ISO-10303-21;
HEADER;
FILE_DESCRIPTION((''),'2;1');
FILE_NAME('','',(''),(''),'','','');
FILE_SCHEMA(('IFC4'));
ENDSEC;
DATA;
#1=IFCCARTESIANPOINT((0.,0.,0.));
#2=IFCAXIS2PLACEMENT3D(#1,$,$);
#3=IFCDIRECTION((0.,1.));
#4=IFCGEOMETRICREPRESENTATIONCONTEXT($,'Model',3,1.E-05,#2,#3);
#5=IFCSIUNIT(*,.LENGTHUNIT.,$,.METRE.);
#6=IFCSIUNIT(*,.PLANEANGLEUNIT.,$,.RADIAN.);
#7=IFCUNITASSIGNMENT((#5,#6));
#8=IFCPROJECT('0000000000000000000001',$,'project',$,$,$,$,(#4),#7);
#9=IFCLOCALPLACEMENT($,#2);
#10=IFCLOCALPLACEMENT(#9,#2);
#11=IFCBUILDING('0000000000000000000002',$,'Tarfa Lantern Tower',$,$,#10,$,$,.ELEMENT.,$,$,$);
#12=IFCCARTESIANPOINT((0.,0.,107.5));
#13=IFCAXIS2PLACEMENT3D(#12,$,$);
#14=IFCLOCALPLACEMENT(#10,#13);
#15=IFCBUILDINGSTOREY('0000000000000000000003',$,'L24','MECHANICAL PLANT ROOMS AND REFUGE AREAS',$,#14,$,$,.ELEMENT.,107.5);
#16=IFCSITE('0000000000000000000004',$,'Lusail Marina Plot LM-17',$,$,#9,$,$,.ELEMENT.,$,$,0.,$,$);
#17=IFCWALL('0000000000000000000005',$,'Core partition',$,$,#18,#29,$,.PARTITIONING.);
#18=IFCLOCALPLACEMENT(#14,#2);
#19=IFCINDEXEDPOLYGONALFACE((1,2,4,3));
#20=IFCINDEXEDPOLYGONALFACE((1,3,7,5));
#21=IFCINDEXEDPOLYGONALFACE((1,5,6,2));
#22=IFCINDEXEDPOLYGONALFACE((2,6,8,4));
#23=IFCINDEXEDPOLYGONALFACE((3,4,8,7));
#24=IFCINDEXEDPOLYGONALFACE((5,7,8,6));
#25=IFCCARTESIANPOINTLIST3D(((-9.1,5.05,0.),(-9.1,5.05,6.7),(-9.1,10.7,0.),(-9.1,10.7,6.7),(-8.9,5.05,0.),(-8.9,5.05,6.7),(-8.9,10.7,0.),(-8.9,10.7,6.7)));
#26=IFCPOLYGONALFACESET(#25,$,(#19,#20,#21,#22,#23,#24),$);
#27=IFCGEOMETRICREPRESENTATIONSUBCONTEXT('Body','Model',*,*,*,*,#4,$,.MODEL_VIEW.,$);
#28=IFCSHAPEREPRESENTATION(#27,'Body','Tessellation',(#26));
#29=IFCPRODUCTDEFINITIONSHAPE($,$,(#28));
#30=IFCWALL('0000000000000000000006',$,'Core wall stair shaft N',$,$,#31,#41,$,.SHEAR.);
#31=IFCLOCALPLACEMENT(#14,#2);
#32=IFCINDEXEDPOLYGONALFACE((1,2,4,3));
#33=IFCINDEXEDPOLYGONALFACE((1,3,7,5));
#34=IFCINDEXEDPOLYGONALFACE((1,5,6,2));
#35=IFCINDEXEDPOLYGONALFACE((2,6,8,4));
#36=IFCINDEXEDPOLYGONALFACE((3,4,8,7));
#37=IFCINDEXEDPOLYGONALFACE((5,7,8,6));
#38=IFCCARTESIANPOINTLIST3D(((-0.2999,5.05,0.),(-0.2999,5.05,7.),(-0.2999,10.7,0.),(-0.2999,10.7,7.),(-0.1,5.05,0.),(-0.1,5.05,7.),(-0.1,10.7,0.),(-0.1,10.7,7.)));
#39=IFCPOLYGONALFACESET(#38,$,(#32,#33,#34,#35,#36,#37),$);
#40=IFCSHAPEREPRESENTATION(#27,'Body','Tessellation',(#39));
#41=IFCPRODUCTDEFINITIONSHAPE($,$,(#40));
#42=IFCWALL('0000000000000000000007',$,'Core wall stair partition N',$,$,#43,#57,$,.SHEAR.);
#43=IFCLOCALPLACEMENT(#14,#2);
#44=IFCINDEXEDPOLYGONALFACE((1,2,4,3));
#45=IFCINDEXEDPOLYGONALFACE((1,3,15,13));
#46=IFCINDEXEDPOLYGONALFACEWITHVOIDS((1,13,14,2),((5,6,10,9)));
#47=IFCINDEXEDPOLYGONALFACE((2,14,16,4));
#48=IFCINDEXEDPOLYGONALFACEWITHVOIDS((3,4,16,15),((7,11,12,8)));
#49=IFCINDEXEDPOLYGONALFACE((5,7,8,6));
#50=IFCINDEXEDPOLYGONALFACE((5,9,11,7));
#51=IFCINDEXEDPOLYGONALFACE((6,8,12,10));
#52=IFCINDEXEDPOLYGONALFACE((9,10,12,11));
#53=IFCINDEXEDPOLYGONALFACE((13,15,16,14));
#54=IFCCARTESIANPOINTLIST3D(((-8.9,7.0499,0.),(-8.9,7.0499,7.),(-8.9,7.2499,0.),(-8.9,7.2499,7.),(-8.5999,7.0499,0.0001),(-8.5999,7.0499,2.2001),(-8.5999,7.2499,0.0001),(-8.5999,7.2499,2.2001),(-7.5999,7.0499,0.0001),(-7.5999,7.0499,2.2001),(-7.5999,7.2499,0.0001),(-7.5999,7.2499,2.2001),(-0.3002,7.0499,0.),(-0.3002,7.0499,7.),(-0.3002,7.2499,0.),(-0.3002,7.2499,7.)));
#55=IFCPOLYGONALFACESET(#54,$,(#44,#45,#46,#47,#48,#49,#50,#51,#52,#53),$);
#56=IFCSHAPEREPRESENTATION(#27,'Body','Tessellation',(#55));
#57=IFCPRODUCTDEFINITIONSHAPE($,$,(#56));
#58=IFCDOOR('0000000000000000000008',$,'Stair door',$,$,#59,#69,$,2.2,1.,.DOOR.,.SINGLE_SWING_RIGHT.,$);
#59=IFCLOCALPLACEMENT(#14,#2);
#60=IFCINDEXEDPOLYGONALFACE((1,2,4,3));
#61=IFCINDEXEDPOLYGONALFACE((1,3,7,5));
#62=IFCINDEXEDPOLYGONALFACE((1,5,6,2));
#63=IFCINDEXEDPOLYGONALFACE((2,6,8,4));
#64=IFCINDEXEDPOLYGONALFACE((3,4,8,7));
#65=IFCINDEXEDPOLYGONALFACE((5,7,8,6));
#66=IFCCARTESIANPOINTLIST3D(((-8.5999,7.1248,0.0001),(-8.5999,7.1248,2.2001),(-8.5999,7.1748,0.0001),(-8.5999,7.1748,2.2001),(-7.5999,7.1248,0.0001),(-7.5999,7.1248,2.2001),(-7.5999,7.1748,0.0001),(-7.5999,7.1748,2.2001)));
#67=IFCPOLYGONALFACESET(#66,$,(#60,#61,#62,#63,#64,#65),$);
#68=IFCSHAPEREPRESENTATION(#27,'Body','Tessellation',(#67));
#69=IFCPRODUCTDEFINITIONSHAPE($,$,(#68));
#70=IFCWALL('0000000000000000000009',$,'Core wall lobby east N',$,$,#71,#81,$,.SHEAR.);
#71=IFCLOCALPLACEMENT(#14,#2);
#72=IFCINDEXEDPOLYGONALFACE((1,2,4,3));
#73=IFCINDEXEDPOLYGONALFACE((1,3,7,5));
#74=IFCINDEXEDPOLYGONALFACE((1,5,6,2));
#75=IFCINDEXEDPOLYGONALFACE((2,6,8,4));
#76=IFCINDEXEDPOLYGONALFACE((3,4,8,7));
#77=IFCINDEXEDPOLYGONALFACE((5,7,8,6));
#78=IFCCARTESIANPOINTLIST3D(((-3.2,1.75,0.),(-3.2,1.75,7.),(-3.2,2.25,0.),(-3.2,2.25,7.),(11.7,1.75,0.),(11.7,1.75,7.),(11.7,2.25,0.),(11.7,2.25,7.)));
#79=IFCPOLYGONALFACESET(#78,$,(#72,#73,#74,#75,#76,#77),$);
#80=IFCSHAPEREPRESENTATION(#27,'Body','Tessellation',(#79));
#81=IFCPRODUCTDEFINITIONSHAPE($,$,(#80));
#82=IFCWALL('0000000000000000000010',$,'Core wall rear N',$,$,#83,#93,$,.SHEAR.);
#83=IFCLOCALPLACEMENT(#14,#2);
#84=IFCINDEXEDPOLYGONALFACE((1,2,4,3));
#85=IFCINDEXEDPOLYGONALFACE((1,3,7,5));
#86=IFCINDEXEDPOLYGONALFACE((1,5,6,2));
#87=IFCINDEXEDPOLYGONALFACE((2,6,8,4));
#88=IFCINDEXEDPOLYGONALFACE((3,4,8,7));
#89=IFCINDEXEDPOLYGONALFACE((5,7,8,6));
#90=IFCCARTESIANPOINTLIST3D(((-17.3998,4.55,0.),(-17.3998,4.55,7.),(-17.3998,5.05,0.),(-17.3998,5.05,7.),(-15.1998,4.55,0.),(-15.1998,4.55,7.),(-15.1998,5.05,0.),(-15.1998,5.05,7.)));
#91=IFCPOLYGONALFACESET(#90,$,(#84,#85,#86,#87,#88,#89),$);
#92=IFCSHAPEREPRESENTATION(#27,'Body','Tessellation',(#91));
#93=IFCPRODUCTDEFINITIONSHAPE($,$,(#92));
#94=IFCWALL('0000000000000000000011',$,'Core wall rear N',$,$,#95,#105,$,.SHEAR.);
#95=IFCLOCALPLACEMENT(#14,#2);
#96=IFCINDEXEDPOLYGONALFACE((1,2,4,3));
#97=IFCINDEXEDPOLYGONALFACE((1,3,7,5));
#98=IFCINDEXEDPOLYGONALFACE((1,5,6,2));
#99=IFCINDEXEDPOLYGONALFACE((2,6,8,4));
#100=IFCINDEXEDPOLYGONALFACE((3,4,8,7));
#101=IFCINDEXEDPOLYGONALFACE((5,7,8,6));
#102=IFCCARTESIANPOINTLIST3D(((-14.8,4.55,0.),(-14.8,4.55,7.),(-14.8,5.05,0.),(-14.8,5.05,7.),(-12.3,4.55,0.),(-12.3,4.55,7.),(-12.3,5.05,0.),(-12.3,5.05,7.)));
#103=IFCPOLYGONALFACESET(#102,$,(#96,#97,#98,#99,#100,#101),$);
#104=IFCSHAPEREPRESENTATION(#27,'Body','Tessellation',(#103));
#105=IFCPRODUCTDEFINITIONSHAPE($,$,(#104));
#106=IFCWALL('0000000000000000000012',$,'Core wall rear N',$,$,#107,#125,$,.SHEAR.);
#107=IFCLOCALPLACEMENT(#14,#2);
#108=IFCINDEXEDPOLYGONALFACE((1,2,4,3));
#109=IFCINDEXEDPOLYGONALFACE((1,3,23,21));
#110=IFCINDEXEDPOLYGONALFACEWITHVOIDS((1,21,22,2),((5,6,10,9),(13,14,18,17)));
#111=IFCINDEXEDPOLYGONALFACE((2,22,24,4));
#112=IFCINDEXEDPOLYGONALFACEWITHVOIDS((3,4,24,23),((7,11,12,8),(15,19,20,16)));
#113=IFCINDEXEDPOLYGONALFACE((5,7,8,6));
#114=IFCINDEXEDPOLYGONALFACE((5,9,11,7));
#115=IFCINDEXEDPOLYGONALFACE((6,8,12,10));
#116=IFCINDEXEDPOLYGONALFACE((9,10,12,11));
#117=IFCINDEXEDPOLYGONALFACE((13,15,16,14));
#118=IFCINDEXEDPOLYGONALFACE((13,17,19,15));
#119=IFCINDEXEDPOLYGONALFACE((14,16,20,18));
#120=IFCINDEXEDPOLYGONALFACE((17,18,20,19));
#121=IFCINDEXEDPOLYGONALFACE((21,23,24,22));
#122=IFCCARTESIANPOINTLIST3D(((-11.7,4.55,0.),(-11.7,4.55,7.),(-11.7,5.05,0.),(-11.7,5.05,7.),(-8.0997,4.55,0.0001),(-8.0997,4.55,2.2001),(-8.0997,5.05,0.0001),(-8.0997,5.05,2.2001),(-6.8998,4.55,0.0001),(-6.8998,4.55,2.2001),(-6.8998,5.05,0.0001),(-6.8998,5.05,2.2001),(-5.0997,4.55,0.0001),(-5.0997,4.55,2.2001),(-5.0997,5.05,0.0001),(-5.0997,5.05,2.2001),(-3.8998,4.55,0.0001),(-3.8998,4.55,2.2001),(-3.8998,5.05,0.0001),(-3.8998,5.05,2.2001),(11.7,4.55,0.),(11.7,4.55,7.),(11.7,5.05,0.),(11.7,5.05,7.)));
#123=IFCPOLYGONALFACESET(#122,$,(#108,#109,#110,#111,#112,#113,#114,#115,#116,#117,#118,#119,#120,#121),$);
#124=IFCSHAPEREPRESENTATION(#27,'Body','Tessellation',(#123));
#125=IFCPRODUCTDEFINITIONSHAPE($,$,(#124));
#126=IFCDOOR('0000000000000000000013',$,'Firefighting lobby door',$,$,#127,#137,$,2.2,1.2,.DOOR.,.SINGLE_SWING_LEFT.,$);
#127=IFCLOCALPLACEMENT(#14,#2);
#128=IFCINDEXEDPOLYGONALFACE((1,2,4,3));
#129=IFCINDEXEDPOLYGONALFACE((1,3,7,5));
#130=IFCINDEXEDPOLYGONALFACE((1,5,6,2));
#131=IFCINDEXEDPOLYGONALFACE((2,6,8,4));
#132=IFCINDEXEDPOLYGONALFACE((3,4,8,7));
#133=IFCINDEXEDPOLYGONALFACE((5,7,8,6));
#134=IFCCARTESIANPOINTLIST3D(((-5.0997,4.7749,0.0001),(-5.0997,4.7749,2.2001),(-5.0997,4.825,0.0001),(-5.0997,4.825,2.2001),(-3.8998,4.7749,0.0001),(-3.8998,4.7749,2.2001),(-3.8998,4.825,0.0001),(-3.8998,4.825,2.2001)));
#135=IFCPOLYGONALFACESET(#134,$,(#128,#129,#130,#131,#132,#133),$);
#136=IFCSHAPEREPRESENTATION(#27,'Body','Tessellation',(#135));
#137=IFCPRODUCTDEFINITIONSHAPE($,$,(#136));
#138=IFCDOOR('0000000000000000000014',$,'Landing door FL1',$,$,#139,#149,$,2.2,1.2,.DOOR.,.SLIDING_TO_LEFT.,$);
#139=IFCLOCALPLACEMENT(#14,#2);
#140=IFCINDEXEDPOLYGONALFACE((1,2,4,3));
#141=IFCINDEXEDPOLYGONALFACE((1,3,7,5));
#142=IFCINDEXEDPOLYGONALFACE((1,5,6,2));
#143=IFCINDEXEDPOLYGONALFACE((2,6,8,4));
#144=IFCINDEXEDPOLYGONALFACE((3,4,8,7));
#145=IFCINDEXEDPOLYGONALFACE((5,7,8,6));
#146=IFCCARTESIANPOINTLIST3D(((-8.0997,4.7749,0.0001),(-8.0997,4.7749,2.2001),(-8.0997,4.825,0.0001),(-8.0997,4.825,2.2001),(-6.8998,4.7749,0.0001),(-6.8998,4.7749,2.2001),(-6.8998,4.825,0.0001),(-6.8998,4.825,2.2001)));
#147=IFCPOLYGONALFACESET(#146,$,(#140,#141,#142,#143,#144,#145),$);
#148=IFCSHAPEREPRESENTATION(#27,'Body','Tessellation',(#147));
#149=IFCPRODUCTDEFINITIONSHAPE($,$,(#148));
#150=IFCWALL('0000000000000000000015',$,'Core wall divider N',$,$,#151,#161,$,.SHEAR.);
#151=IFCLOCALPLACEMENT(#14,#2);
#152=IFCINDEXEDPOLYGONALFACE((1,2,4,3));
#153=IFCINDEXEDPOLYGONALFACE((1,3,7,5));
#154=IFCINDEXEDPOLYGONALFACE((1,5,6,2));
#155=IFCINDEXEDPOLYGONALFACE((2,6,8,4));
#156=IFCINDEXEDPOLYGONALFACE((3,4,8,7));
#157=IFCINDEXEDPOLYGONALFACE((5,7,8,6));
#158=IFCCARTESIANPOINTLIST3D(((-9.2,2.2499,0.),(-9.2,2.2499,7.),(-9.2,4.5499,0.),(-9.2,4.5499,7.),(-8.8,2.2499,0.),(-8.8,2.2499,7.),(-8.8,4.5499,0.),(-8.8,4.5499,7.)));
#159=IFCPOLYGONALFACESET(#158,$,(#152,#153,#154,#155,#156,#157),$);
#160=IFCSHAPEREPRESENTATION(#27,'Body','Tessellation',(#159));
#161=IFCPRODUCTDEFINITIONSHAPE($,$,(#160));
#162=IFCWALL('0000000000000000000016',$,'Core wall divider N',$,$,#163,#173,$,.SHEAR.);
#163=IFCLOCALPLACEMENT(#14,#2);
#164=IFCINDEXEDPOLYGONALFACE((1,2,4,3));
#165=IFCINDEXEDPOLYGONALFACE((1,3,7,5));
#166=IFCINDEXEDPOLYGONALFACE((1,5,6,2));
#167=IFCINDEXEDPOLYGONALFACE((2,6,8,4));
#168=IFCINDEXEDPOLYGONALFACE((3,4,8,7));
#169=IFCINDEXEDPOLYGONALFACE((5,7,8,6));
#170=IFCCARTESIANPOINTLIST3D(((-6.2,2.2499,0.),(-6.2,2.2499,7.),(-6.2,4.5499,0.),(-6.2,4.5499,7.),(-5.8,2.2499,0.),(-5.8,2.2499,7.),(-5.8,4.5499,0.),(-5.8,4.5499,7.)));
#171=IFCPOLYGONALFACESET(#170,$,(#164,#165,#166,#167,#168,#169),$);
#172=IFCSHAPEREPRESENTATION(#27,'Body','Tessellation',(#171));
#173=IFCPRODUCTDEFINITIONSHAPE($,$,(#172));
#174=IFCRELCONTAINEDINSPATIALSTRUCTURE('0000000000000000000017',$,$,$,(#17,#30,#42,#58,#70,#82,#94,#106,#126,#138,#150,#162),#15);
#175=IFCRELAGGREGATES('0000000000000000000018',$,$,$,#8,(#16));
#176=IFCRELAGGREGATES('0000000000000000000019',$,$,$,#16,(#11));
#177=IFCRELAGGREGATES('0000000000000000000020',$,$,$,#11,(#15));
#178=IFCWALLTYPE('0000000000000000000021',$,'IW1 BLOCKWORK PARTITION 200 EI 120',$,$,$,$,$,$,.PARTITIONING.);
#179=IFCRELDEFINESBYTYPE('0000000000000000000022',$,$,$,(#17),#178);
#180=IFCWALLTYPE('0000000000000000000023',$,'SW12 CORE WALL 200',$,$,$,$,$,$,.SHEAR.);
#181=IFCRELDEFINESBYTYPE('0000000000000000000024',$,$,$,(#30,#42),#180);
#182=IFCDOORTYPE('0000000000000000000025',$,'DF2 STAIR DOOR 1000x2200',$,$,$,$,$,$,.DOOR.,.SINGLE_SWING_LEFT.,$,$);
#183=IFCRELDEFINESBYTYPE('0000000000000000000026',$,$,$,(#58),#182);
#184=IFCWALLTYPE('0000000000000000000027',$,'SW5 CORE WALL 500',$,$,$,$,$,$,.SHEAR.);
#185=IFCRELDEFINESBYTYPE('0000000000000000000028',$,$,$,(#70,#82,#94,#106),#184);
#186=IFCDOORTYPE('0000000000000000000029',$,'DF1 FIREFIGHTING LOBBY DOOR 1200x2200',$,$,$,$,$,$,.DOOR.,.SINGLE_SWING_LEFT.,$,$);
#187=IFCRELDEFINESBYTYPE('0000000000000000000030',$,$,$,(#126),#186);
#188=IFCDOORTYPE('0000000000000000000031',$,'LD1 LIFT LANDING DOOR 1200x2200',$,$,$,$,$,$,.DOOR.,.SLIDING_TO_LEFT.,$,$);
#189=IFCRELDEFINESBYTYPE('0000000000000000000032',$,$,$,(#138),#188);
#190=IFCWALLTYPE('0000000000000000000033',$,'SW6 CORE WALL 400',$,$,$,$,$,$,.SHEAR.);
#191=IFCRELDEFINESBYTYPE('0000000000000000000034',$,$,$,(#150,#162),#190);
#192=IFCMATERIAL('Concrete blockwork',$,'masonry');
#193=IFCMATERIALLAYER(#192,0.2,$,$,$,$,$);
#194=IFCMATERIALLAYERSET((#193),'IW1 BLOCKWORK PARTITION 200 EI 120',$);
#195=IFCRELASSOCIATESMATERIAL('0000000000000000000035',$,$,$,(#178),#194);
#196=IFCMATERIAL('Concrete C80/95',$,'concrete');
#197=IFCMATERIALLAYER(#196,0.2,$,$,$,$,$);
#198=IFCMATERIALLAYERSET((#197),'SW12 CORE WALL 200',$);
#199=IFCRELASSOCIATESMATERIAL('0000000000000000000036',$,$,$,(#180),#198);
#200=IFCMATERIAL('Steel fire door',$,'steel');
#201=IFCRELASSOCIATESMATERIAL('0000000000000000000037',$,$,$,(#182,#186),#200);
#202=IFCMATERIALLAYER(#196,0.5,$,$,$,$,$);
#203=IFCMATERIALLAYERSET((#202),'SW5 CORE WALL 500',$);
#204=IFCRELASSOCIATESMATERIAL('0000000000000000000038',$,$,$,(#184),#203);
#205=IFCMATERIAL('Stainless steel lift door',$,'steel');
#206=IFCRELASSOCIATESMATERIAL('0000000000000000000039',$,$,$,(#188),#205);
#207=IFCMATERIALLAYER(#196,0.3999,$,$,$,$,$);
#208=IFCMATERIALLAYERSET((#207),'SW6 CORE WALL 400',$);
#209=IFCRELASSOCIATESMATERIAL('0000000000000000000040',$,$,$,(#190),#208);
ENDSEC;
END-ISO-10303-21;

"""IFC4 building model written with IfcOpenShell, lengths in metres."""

from ifc_helpers import new_model, si_unit, direction, frame, frame_2d, origin, place, context, subcontext, project, spatial, rectangle, extrude, material, layer, layer_set, type_object, element, fill, save


model = new_model("IFC4")

# Units and contexts
model_context = context("Model", 3, precision=1e-05, world=origin(), true_north=direction((0.0, 1.0)))
body_context = subcontext(model_context, "Body", "Model", "MODEL_VIEW")
ifc_project = project(units=[si_unit("LENGTHUNIT", "METRE"), si_unit("PLANEANGLEUNIT", "RADIAN")], contexts=[model_context])

# Site, building, storey
site_placement = place(None, origin())
site = spatial("IfcSite", under=ifc_project, at=site_placement, Name="Lusail Marina Plot LM-17", CompositionType="ELEMENT", RefElevation=0.0)
building_placement = place(site_placement, origin())
building = spatial("IfcBuilding", under=site, at=building_placement, Name="Tarfa Lantern Tower", CompositionType="ELEMENT")
storey_placement = place(building_placement, frame((0.0, 0.0, 107.5)))
storey = spatial("IfcBuildingStorey", under=building, at=storey_placement, Name="L24", Description="MECHANICAL PLANT ROOMS AND REFUGE AREAS", CompositionType="ELEMENT", Elevation=107.5)

# Wall
ifc_material_1 = material(Name="Concrete blockwork", Category="masonry")
ifc_layer_1 = layer(ifc_material_1, 0.2)
ifc_layer_set_1 = layer_set([ifc_layer_1], Name="IW1 BLOCKWORK PARTITION 200 EI 120")
wall_type_1 = type_object("IfcWallType", Name="IW1 BLOCKWORK PARTITION 200 EI 120", PredefinedType="PARTITIONING", material=ifc_layer_set_1)
wall_1_placement = place(storey_placement, frame((-9.0, 5.05, 0.0), z_axis=(0.0, 0.0, 1.0), x_axis=(0.0, 1.0, 0.0)))
element("IfcWall", 1, at=wall_1_placement, inside=storey, type_object=wall_type_1, Name="Core partition", PredefinedType="PARTITIONING", context=body_context, shape_type="SweptSolid", body=[
    extrude(rectangle(XDim=5.6499, YDim=0.2, at=frame_2d((2.825, 0.0))), origin(), (0.0, 0.0, 1.0), 6.7),
])

# Shared definitions
ifc_material_2 = material(Name="Concrete C80/95", Category="concrete")
ifc_material_3 = material(Name="Steel fire door", Category="steel")

# Wall
ifc_layer_2 = layer(ifc_material_2, 0.2)
ifc_layer_set_2 = layer_set([ifc_layer_2], Name="SW12 CORE WALL 200")
wall_type_2 = type_object("IfcWallType", Name="SW12 CORE WALL 200", PredefinedType="SHEAR", material=ifc_layer_set_2)
wall_2_placement = place(storey_placement, frame((-0.2, 5.05, 0.0), z_axis=(0.0, 0.0, 1.0), x_axis=(0.0, 1.0, 0.0)))
element("IfcWall", 2, at=wall_2_placement, inside=storey, type_object=wall_type_2, Name="Core wall stair shaft N", PredefinedType="SHEAR", context=body_context, shape_type="SweptSolid", body=[
    extrude(rectangle(XDim=5.6499, YDim=0.2, at=frame_2d((2.825, 0.0))), origin(), (0.0, 0.0, 1.0), 7.0),
])

# Wall, opening, door
wall_3_placement = place(storey_placement, frame((-8.8999, 7.1499, 0.0), z_axis=(0.0, 0.0, 1.0), x_axis=(1.0, 0.0, 0.0)))
wall_3 = element("IfcWall", 3, at=wall_3_placement, inside=storey, type_object=wall_type_2, Name="Core wall stair partition N", PredefinedType="SHEAR", context=body_context, shape_type="SweptSolid", body=[
    extrude(rectangle(XDim=8.5999, YDim=0.2, at=frame_2d((4.2998, 0.0))), origin(), (0.0, 0.0, 1.0), 7.0),
])
opening_1_placement = place(wall_3_placement, frame((0.3, 0.0, 0.0)))
opening_1 = element("IfcOpeningElement", 4, at=opening_1_placement, cuts=wall_3, PredefinedType="OPENING", context=body_context, shape_type="SweptSolid", body=[
    extrude(rectangle(XDim=1.0, YDim=2.2, at=frame_2d((0.5, 1.1001))), frame((0.0, 0.1099, 0.0), z_axis=(0.0, -1.0, 0.0), x_axis=(1.0, 0.0, 0.0)), (0.0, 0.0, 1.0), 0.22),
])
door_type_1 = type_object("IfcDoorType", Name="DF2 STAIR DOOR 1000x2200", OperationType="SINGLE_SWING_LEFT", PredefinedType="DOOR", material=ifc_material_3)
door_1_placement = place(opening_1_placement, origin())
door_1 = element("IfcDoor", 5, at=door_1_placement, inside=storey, type_object=door_type_1, Name="Stair door", OperationType="SINGLE_SWING_RIGHT", OverallHeight=2.2, OverallWidth=1.0, PredefinedType="DOOR", context=body_context, shape_type="SweptSolid", body=[
    extrude(rectangle(XDim=1.0, YDim=2.2, at=frame_2d((0.5, 1.1001))), frame((0.0, 0.0249, 0.0), z_axis=(0.0, -1.0, 0.0), x_axis=(1.0, 0.0, 0.0)), (0.0, 0.0, 1.0), 0.05),
])
fill(opening_1, door_1)

# Walls
ifc_layer_3 = layer(ifc_material_2, 0.5)
ifc_layer_set_3 = layer_set([ifc_layer_3], Name="SW5 CORE WALL 500")
wall_type_3 = type_object("IfcWallType", Name="SW5 CORE WALL 500", PredefinedType="SHEAR", material=ifc_layer_set_3)
wall_4_placement = place(storey_placement, frame((-3.2, 2.0, 0.0), z_axis=(0.0, 0.0, 1.0), x_axis=(1.0, 0.0, 0.0)))
element("IfcWall", 6, at=wall_4_placement, inside=storey, type_object=wall_type_3, Name="Core wall lobby east N", PredefinedType="SHEAR", context=body_context, shape_type="SweptSolid", body=[
    extrude(rectangle(XDim=14.8999, YDim=0.5, at=frame_2d((7.45, 0.0))), origin(), (0.0, 0.0, 1.0), 7.0),
])
wall_5_placement = place(storey_placement, frame((-17.3999, 4.8, 0.0), z_axis=(0.0, 0.0, 1.0), x_axis=(1.0, 0.0, 0.0)))
element("IfcWall", 7, at=wall_5_placement, inside=storey, type_object=wall_type_3, Name="Core wall rear N", PredefinedType="SHEAR", context=body_context, shape_type="SweptSolid", body=[
    extrude(rectangle(XDim=2.2, YDim=0.5, at=frame_2d((1.1001, 0.0))), origin(), (0.0, 0.0, 1.0), 7.0),
])
wall_6_placement = place(storey_placement, frame((-14.8, 4.8, 0.0), z_axis=(0.0, 0.0, 1.0), x_axis=(1.0, 0.0, 0.0)))
element("IfcWall", 8, at=wall_6_placement, inside=storey, type_object=wall_type_3, Name="Core wall rear N", PredefinedType="SHEAR", context=body_context, shape_type="SweptSolid", body=[
    extrude(rectangle(XDim=2.5, YDim=0.5, at=frame_2d((1.25, 0.0))), origin(), (0.0, 0.0, 1.0), 7.0),
])

# Wall, openings, doors
wall_7_placement = place(storey_placement, frame((-11.7, 4.8, 0.0), z_axis=(0.0, 0.0, 1.0), x_axis=(1.0, 0.0, 0.0)))
wall_7 = element("IfcWall", 9, at=wall_7_placement, inside=storey, type_object=wall_type_3, Name="Core wall rear N", PredefinedType="SHEAR", context=body_context, shape_type="SweptSolid", body=[
    extrude(rectangle(XDim=23.3999, YDim=0.5, at=frame_2d((11.7, 0.0))), origin(), (0.0, 0.0, 1.0), 7.0),
])
opening_2_placement = place(wall_7_placement, frame((6.6001, 0.0, 0.0)))
opening_2 = element("IfcOpeningElement", 10, at=opening_2_placement, cuts=wall_7, PredefinedType="OPENING", context=body_context, shape_type="SweptSolid", body=[
    extrude(rectangle(XDim=1.2, YDim=2.2, at=frame_2d((0.6001, 1.1001))), frame((0.0, 0.26, 0.0), z_axis=(0.0, -1.0, 0.0), x_axis=(1.0, 0.0, 0.0)), (0.0, 0.0, 1.0), 0.52),
])
opening_3_placement = place(wall_7_placement, frame((3.6001, 0.0, 0.0)))
opening_3 = element("IfcOpeningElement", 11, at=opening_3_placement, cuts=wall_7, PredefinedType="OPENING", context=body_context, shape_type="SweptSolid", body=[
    extrude(rectangle(XDim=1.2, YDim=2.2, at=frame_2d((0.6001, 1.1001))), frame((0.0, 0.26, 0.0), z_axis=(0.0, -1.0, 0.0), x_axis=(1.0, 0.0, 0.0)), (0.0, 0.0, 1.0), 0.52),
])
door_type_2 = type_object("IfcDoorType", Name="DF1 FIREFIGHTING LOBBY DOOR 1200x2200", OperationType="SINGLE_SWING_LEFT", PredefinedType="DOOR", material=ifc_material_3)
door_2_placement = place(opening_2_placement, origin())
door_2 = element("IfcDoor", 12, at=door_2_placement, inside=storey, type_object=door_type_2, Name="Firefighting lobby door", OperationType="SINGLE_SWING_LEFT", OverallHeight=2.2, OverallWidth=1.2, PredefinedType="DOOR", context=body_context, shape_type="SweptSolid", body=[
    extrude(rectangle(XDim=1.2, YDim=2.2, at=frame_2d((0.6001, 1.1001))), frame((0.0, 0.0249, 0.0), z_axis=(0.0, -1.0, 0.0), x_axis=(1.0, 0.0, 0.0)), (0.0, 0.0, 1.0), 0.05),
])
fill(opening_2, door_2)
ifc_material_4 = material(Name="Stainless steel lift door", Category="steel")
door_type_3 = type_object("IfcDoorType", Name="LD1 LIFT LANDING DOOR 1200x2200", OperationType="SLIDING_TO_LEFT", PredefinedType="DOOR", material=ifc_material_4)
door_3_placement = place(opening_3_placement, origin())
door_3 = element("IfcDoor", 13, at=door_3_placement, inside=storey, type_object=door_type_3, Name="Landing door FL1", OperationType="SLIDING_TO_LEFT", OverallHeight=2.2, OverallWidth=1.2, PredefinedType="DOOR", context=body_context, shape_type="SweptSolid", body=[
    extrude(rectangle(XDim=1.2, YDim=2.2, at=frame_2d((0.6001, 1.1001))), frame((0.0, 0.0249, 0.0), z_axis=(0.0, -1.0, 0.0), x_axis=(1.0, 0.0, 0.0)), (0.0, 0.0, 1.0), 0.05),
])
fill(opening_3, door_3)

# Walls
ifc_layer_4 = layer(ifc_material_2, 0.3999)
ifc_layer_set_4 = layer_set([ifc_layer_4], Name="SW6 CORE WALL 400")
wall_type_4 = type_object("IfcWallType", Name="SW6 CORE WALL 400", PredefinedType="SHEAR", material=ifc_layer_set_4)
for number, where, z_axis, x_axis, name in (
    (14, (-9.0, 2.25, 0.0), (0.0, 0.0, 1.0), (0.0, 1.0, 0.0), "Core wall divider N"),
    (15, (-6.0, 2.25, 0.0), (0.0, 0.0, 1.0), (0.0, 1.0, 0.0), "Core wall divider N"),
):
    element("IfcWall", number, at=place(storey_placement, frame(where, z_axis=z_axis, x_axis=x_axis)), inside=storey, type_object=wall_type_4, Name=name, PredefinedType="SHEAR", context=body_context, shape_type="SweptSolid", body=[
        extrude(rectangle(XDim=2.3, YDim=0.3999, at=frame_2d((1.1499, 0.0))), origin(), (0.0, 0.0, 1.0), 7.0),
    ])

save(model, "model.ifc")
